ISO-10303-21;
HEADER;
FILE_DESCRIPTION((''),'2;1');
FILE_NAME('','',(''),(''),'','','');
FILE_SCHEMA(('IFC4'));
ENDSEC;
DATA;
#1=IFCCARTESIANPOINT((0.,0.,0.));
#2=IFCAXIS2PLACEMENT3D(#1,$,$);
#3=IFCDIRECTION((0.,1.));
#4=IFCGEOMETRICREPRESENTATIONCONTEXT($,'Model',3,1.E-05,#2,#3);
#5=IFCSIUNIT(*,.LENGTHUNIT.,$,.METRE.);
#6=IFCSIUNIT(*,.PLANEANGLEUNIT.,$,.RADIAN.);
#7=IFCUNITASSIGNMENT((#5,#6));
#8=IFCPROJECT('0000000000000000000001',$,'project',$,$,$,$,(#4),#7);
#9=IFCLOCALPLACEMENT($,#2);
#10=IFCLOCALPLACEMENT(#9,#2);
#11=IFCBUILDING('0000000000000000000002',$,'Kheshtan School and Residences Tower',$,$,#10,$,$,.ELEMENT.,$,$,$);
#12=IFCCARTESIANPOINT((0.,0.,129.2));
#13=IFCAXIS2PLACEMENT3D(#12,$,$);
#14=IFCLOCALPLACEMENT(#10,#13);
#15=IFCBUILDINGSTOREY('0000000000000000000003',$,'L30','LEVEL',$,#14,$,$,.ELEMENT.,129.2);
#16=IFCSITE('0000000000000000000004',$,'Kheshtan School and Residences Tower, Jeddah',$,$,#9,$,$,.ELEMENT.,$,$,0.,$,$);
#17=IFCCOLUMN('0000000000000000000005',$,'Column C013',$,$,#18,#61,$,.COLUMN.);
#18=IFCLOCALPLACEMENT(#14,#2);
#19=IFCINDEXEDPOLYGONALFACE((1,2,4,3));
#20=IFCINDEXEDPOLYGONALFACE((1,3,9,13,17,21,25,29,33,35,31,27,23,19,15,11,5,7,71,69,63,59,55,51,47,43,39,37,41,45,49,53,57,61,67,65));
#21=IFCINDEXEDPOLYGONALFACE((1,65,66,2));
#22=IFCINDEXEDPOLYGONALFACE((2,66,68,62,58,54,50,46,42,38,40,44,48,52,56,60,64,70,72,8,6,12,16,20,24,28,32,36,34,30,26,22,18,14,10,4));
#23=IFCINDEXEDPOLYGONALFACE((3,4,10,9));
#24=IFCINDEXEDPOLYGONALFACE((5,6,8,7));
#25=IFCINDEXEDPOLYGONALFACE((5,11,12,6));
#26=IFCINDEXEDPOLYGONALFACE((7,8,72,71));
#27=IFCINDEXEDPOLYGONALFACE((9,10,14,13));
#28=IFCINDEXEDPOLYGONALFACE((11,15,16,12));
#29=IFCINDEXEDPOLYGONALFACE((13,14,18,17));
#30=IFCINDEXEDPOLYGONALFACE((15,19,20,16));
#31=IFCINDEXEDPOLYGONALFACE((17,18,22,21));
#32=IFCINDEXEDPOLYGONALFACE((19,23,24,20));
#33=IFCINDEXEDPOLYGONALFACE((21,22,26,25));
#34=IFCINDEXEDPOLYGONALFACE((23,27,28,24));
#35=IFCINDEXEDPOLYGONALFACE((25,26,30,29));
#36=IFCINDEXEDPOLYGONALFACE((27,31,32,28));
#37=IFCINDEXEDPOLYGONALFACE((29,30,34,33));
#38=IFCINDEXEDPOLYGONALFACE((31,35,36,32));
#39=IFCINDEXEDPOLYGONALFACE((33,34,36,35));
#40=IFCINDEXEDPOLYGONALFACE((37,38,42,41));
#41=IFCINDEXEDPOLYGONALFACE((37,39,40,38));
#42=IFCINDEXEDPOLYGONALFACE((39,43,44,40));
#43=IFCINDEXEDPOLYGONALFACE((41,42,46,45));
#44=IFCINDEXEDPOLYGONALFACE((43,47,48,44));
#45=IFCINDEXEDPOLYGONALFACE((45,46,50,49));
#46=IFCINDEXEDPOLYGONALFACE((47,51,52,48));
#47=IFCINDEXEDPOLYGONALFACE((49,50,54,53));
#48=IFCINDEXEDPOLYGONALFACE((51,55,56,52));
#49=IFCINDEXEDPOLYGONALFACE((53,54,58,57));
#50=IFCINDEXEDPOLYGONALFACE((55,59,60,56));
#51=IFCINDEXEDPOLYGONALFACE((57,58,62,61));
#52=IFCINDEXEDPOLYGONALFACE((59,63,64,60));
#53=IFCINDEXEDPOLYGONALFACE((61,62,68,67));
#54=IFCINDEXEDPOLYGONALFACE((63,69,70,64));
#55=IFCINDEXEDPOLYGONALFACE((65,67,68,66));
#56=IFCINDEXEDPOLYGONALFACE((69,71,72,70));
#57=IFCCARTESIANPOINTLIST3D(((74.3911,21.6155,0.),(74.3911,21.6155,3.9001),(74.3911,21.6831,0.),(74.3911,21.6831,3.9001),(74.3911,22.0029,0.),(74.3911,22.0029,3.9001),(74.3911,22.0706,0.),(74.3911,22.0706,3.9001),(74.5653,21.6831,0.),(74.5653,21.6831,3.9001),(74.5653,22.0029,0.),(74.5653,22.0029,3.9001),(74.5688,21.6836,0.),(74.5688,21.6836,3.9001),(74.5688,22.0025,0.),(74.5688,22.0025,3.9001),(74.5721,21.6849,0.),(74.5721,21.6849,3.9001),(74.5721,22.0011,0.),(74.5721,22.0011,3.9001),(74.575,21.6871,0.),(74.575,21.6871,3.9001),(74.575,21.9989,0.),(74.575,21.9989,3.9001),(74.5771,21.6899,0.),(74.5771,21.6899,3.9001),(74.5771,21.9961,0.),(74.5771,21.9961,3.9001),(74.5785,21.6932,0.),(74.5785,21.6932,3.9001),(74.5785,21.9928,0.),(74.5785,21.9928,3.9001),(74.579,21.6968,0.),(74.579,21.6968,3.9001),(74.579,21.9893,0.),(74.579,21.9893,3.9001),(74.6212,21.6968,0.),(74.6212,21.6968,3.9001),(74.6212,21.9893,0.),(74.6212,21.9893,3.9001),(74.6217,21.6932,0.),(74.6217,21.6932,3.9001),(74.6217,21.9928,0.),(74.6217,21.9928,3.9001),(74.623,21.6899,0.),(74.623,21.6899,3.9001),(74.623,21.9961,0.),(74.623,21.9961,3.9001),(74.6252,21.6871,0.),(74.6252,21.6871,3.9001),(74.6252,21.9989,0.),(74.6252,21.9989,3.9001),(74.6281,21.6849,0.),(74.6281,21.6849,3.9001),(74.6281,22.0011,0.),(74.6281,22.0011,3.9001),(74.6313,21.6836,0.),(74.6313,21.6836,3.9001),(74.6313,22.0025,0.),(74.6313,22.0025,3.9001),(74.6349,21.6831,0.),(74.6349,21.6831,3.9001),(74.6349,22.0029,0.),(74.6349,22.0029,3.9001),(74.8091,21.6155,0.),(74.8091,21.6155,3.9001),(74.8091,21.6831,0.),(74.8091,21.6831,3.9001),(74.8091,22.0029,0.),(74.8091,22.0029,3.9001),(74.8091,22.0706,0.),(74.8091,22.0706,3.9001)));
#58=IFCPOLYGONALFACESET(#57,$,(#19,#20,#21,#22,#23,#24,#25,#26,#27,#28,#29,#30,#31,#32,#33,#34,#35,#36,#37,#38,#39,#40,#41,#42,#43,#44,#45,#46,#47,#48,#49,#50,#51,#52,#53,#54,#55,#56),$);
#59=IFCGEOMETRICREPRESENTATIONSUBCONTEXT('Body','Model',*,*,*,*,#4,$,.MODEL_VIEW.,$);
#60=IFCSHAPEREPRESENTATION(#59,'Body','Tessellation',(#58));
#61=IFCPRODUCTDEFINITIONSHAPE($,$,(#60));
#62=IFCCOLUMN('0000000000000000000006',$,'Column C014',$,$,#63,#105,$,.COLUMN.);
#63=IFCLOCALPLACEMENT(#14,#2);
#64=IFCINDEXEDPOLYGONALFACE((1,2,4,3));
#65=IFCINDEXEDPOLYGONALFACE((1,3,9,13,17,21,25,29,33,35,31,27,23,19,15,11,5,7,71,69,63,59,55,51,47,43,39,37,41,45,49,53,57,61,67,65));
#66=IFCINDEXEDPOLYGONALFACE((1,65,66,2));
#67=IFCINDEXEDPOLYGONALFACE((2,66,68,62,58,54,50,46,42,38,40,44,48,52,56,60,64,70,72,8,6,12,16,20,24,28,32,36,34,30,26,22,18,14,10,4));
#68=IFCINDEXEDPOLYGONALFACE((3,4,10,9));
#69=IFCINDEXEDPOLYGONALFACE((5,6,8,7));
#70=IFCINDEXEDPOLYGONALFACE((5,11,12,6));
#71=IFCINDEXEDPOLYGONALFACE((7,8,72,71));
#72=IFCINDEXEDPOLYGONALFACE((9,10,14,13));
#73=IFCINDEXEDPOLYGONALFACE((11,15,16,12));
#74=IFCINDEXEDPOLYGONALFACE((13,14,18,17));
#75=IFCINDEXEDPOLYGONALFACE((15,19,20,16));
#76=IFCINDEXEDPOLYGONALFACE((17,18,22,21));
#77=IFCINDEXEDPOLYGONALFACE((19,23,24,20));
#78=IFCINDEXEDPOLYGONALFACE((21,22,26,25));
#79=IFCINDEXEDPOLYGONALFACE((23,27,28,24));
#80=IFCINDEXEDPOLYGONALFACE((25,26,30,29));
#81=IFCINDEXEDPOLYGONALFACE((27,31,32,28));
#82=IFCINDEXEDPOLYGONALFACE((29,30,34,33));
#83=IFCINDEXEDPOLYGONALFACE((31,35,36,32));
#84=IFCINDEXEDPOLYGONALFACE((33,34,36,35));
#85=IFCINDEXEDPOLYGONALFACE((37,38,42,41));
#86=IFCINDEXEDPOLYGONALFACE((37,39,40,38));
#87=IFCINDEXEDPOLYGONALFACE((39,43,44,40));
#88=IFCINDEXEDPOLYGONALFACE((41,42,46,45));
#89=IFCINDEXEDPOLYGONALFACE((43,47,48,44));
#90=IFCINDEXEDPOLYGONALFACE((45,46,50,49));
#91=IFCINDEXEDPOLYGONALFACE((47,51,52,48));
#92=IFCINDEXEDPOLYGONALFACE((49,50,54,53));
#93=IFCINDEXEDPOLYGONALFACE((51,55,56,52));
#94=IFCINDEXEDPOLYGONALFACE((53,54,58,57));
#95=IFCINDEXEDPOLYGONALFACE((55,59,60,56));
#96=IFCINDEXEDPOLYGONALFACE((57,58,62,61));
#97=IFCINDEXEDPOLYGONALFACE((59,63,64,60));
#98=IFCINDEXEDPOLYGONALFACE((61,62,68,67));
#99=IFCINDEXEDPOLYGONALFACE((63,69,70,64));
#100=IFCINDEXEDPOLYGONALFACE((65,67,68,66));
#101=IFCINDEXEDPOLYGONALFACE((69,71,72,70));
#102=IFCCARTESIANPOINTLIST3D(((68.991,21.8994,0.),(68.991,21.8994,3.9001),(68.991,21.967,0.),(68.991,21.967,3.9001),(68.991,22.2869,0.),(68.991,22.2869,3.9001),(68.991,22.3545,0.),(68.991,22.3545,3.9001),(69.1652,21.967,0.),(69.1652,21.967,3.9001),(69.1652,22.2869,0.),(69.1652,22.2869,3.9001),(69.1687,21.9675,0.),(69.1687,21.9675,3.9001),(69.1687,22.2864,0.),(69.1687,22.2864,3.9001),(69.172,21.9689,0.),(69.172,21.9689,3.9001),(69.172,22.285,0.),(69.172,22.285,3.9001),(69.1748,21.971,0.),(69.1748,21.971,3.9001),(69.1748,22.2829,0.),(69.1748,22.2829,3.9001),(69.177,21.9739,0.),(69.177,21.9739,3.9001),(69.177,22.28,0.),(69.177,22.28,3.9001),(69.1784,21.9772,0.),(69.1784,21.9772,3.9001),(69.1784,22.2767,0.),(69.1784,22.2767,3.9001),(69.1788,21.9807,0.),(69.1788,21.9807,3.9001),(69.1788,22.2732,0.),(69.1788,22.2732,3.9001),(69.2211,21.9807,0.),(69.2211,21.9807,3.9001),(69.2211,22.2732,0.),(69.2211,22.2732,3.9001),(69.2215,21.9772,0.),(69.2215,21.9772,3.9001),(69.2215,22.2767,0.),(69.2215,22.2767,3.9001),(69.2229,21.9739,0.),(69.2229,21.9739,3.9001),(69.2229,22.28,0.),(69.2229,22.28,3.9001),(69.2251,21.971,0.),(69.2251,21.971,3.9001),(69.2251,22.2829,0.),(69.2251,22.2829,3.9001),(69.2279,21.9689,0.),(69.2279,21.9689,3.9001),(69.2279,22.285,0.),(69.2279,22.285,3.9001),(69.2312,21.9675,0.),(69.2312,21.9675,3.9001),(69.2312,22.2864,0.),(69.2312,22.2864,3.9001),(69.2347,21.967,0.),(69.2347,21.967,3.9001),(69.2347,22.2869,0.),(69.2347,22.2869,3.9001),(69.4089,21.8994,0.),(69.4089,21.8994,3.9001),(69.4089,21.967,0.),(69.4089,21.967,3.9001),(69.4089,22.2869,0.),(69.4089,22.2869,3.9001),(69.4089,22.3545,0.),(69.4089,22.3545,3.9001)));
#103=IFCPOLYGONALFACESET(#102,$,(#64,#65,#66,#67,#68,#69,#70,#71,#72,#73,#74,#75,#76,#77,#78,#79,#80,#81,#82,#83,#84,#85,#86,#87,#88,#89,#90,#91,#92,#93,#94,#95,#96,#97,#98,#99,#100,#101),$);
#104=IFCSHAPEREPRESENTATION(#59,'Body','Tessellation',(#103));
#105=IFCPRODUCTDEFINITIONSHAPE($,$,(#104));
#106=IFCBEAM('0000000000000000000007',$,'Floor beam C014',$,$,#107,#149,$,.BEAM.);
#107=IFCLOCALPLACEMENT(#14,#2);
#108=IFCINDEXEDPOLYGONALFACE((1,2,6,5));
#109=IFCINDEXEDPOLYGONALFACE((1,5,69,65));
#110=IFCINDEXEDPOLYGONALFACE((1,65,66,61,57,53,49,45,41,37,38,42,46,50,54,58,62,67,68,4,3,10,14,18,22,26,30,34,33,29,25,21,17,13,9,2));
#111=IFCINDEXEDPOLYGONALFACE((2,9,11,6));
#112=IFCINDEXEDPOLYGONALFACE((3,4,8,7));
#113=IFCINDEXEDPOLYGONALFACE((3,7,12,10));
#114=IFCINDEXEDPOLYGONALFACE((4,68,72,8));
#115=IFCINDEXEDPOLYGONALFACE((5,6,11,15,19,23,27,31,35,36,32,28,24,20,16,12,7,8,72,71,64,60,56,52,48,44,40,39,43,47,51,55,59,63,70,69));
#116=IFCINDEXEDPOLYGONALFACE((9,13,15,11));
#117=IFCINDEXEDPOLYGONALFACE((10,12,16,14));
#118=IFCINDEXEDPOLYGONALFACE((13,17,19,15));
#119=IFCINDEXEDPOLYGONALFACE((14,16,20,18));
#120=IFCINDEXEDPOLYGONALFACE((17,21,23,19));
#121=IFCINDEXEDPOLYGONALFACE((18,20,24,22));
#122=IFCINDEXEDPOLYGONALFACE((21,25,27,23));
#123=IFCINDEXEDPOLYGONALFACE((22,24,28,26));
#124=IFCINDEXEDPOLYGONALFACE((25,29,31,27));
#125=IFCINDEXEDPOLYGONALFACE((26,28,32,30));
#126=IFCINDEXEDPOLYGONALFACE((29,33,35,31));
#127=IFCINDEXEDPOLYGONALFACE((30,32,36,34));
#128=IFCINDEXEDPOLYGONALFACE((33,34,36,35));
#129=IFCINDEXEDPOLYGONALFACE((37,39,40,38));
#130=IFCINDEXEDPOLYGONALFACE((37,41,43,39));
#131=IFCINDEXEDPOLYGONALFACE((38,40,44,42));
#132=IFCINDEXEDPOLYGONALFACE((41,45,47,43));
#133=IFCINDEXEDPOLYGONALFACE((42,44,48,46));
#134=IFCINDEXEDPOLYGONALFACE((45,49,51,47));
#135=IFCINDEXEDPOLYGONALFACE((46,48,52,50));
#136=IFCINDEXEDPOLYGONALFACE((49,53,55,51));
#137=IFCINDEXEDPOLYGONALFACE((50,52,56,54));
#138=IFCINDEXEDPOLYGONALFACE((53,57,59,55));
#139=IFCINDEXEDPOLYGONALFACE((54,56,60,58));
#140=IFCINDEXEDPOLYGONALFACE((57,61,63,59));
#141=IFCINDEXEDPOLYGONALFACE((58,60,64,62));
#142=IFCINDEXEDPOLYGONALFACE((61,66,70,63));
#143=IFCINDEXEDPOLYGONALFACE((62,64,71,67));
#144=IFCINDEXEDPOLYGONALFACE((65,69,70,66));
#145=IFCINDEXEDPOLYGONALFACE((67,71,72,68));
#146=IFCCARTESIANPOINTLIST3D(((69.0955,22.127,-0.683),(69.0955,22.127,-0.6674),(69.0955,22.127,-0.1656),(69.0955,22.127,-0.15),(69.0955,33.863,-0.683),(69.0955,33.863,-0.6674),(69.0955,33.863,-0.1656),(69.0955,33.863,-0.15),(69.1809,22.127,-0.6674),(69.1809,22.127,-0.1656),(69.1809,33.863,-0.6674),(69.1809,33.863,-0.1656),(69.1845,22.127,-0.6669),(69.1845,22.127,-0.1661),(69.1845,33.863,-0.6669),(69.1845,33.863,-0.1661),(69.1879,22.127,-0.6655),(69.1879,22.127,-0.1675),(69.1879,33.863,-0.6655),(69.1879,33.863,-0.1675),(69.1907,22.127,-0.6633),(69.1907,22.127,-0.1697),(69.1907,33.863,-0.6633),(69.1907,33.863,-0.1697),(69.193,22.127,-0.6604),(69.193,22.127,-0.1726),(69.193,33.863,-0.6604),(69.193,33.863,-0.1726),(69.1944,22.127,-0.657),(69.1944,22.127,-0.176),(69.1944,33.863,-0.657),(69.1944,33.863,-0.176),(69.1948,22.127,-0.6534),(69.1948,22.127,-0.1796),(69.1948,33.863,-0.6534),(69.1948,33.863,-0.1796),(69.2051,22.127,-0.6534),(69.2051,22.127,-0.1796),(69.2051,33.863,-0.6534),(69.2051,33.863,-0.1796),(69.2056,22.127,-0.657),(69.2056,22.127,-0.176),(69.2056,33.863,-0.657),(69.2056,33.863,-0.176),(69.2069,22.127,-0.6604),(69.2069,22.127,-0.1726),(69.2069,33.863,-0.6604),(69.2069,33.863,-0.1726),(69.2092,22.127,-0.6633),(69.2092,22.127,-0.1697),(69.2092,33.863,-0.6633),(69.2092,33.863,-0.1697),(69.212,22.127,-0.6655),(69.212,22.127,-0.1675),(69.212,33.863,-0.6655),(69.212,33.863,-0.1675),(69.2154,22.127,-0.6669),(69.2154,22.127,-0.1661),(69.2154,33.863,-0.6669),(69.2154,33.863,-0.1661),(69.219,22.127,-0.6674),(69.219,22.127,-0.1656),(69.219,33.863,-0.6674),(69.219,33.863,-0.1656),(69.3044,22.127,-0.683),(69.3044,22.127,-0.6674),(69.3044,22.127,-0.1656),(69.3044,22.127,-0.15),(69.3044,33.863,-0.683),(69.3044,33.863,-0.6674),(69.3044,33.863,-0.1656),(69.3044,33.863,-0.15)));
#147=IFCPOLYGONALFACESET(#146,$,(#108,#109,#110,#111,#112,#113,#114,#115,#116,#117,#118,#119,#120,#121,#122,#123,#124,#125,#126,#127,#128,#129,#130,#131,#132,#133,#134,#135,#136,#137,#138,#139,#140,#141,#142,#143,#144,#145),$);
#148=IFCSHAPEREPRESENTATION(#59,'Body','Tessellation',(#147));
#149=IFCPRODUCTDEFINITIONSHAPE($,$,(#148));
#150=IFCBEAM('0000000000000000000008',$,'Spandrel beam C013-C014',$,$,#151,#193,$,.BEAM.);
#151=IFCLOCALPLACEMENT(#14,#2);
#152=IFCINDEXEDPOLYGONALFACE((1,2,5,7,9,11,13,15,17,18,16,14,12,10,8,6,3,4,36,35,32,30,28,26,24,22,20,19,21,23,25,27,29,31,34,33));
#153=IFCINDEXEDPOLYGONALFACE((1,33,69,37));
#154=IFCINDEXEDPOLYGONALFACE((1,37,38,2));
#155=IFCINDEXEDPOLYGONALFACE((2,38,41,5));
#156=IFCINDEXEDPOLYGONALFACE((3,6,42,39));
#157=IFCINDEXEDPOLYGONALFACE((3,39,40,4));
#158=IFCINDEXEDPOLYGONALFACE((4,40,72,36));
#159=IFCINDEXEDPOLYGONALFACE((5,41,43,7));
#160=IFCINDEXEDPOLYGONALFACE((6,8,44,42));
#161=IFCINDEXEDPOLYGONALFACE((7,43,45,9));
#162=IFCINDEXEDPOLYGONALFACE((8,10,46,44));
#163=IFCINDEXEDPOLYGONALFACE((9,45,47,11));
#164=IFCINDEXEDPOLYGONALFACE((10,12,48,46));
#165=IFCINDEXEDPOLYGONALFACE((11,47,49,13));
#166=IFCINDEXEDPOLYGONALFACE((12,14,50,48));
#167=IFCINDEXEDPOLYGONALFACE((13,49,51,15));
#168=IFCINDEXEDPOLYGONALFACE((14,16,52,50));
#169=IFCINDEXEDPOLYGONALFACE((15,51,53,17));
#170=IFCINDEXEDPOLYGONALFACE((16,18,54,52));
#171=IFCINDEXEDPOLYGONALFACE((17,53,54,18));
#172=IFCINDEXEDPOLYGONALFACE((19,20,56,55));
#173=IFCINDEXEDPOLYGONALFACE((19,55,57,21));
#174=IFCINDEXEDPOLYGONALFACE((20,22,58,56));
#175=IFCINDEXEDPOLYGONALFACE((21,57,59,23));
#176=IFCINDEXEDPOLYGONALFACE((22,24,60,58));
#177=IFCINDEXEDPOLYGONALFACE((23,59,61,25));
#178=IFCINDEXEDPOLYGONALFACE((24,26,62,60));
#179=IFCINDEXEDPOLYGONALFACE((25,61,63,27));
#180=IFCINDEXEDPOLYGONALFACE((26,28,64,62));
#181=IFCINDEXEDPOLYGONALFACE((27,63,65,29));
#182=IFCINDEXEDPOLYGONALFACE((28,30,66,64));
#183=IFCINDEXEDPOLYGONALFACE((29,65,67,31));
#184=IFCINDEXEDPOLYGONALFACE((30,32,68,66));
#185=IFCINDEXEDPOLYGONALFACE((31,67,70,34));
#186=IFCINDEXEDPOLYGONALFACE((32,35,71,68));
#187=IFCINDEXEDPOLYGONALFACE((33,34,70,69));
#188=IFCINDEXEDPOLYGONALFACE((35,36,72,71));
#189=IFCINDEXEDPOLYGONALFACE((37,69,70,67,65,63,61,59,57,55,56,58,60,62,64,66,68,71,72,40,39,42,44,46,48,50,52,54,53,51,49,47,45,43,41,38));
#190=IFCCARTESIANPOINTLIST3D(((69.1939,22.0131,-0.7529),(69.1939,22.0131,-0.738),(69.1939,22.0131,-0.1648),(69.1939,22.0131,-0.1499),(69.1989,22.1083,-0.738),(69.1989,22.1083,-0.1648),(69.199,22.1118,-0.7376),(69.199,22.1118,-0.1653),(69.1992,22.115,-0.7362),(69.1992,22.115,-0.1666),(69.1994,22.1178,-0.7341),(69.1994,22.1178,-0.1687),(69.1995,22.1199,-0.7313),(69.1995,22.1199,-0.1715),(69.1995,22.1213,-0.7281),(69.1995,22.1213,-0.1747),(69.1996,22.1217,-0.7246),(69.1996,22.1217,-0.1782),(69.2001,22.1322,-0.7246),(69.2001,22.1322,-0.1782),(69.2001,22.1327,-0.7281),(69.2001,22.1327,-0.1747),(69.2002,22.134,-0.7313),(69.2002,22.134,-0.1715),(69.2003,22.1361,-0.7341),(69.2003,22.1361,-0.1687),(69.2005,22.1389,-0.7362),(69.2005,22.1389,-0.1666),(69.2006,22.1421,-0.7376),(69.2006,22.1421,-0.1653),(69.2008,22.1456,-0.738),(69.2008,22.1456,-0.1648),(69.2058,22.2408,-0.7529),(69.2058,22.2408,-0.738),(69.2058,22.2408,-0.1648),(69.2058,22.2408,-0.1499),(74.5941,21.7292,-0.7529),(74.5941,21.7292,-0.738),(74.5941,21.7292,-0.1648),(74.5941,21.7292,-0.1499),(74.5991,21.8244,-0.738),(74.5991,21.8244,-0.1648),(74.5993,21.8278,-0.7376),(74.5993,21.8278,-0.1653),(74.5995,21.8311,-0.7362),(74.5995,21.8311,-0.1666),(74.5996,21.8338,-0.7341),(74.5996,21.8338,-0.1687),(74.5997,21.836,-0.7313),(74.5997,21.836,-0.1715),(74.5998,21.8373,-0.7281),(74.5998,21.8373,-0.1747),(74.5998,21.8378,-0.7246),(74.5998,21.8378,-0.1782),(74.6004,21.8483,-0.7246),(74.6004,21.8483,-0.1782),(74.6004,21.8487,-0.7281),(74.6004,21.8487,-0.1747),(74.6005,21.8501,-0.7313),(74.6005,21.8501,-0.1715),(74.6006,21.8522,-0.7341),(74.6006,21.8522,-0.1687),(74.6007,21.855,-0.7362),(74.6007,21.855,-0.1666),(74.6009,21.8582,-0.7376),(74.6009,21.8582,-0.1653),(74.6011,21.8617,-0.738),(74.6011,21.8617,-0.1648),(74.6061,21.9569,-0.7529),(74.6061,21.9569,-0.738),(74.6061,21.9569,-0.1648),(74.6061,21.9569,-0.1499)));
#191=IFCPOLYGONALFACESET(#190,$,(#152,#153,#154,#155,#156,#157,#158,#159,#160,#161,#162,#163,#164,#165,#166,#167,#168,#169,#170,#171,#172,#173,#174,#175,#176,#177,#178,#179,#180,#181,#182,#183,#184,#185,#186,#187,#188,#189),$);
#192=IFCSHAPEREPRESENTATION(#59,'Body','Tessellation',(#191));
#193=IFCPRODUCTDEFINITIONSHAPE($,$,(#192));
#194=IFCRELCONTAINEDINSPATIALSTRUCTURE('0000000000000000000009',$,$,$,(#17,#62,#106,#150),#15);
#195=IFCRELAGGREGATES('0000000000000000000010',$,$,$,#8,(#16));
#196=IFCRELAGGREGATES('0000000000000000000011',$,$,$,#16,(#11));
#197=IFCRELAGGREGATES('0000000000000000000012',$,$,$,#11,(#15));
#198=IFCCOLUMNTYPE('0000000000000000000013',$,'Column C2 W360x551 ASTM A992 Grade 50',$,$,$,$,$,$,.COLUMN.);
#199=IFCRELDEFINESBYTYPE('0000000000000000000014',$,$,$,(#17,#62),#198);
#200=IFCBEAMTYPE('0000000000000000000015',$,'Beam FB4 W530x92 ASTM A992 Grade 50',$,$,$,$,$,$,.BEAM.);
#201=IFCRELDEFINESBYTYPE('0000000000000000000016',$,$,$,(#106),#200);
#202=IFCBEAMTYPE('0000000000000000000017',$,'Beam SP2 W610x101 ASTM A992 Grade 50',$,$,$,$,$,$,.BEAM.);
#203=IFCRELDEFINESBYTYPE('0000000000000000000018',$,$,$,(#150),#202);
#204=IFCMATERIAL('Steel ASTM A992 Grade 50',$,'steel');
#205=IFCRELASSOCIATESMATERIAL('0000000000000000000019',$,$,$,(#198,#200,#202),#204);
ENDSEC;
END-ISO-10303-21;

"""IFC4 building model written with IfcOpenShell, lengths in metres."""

from ifc_helpers import new_model, si_unit, direction, frame, origin, origin_2d, place, context, subcontext, project, spatial, i_section, extrude, material, material_profile, profile_set, type_object, element, save


model = new_model("IFC4")

# Units and contexts
model_context = context("Model", 3, precision=1e-05, world=origin(), true_north=direction((0.0, 1.0)))
body_context = subcontext(model_context, "Body", "Model", "MODEL_VIEW")
ifc_project = project(units=[si_unit("LENGTHUNIT", "METRE"), si_unit("PLANEANGLEUNIT", "RADIAN")], contexts=[model_context])

# Site, building, storey
site_placement = place(None, origin())
site = spatial("IfcSite", under=ifc_project, at=site_placement, Name="Kheshtan School and Residences Tower, Jeddah", CompositionType="ELEMENT", RefElevation=0.0)
building_placement = place(site_placement, origin())
building = spatial("IfcBuilding", under=site, at=building_placement, Name="Kheshtan School and Residences Tower", CompositionType="ELEMENT")
storey_placement = place(building_placement, frame((0.0, 0.0, 129.2)))
storey = spatial("IfcBuildingStorey", under=building, at=storey_placement, Name="L30", Description="LEVEL", CompositionType="ELEMENT", Elevation=129.2)

# Columns
ifc_material_1 = material(Name="Steel ASTM A992 Grade 50", Category="steel")
ifc_material_profile_1 = material_profile(ifc_material_1, i_section(OverallWidth=0.418, OverallDepth=0.4551, WebThickness=0.0422, FlangeThickness=0.0676, FilletRadius=0.0137, at=origin_2d()), Name="W360x551")
ifc_profile_set_1 = profile_set([ifc_material_profile_1], Name="Steel ASTM A992 Grade 50")
column_type = type_object("IfcColumnType", Name="Column C2 W360x551 ASTM A992 Grade 50", PredefinedType="COLUMN", material=ifc_profile_set_1)
for number, where, z_axis, x_axis, name in (
    (1, (74.6001, 21.843, 0.0), (0.0, 0.0, 1.0), (1.0, 0.0, 0.0), "Column C013"),
    (2, (69.2, 22.127, 0.0), (0.0, 0.0, 1.0), (1.0, 0.0, 0.0), "Column C014"),
):
    element("IfcColumn", number, at=place(storey_placement, frame(where, z_axis=z_axis, x_axis=x_axis)), inside=storey, type_object=column_type, Name=name, PredefinedType="COLUMN", context=body_context, shape_type="SweptSolid", body=[
        extrude(i_section(OverallWidth=0.418, OverallDepth=0.4551, WebThickness=0.0422, FlangeThickness=0.0676, FilletRadius=0.0137, at=origin_2d()), origin(), (0.0, 0.0, 1.0), 3.9001),
    ])

# Beams
ifc_material_profile_2 = material_profile(ifc_material_1, i_section(OverallWidth=0.209, OverallDepth=0.533, WebThickness=0.0103, FlangeThickness=0.0156, FilletRadius=0.0139, at=origin_2d()), Name="W530x92")
ifc_profile_set_2 = profile_set([ifc_material_profile_2], Name="Steel ASTM A992 Grade 50")
beam_type_1 = type_object("IfcBeamType", Name="Beam FB4 W530x92 ASTM A992 Grade 50", PredefinedType="BEAM", material=ifc_profile_set_2)
beam_1_placement = place(storey_placement, frame((69.2, 22.127, -0.4165), z_axis=(0.0, 1.0, 0.0), x_axis=(-1.0, 0.0, 0.0)))
element("IfcBeam", 3, at=beam_1_placement, inside=storey, type_object=beam_type_1, Name="Floor beam C014", PredefinedType="BEAM", context=body_context, shape_type="SweptSolid", body=[
    extrude(i_section(OverallWidth=0.209, OverallDepth=0.533, WebThickness=0.0103, FlangeThickness=0.0156, FilletRadius=0.0139, at=origin_2d()), origin(), (0.0, 0.0, 1.0), 11.7361),
])
ifc_material_profile_3 = material_profile(ifc_material_1, i_section(OverallWidth=0.228, OverallDepth=0.603, WebThickness=0.0105, FlangeThickness=0.0149, FilletRadius=0.0134, at=origin_2d()), Name="W610x101")
ifc_profile_set_3 = profile_set([ifc_material_profile_3], Name="Steel ASTM A992 Grade 50")
beam_type_2 = type_object("IfcBeamType", Name="Beam SP2 W610x101 ASTM A992 Grade 50", PredefinedType="BEAM", material=ifc_profile_set_3)
beam_2_placement = place(storey_placement, frame((74.6001, 21.843, -0.4514), z_axis=(-0.998621, 0.052507, 0.0), x_axis=(-0.052507, -0.998621, 0.0)))
element("IfcBeam", 4, at=beam_2_placement, inside=storey, type_object=beam_type_2, Name="Spandrel beam C013-C014", PredefinedType="BEAM", context=body_context, shape_type="SweptSolid", body=[
    extrude(i_section(OverallWidth=0.228, OverallDepth=0.603, WebThickness=0.0105, FlangeThickness=0.0149, FilletRadius=0.0134, at=origin_2d()), origin(), (0.0, 0.0, 1.0), 5.4077),
])

save(model, "model.ifc")
